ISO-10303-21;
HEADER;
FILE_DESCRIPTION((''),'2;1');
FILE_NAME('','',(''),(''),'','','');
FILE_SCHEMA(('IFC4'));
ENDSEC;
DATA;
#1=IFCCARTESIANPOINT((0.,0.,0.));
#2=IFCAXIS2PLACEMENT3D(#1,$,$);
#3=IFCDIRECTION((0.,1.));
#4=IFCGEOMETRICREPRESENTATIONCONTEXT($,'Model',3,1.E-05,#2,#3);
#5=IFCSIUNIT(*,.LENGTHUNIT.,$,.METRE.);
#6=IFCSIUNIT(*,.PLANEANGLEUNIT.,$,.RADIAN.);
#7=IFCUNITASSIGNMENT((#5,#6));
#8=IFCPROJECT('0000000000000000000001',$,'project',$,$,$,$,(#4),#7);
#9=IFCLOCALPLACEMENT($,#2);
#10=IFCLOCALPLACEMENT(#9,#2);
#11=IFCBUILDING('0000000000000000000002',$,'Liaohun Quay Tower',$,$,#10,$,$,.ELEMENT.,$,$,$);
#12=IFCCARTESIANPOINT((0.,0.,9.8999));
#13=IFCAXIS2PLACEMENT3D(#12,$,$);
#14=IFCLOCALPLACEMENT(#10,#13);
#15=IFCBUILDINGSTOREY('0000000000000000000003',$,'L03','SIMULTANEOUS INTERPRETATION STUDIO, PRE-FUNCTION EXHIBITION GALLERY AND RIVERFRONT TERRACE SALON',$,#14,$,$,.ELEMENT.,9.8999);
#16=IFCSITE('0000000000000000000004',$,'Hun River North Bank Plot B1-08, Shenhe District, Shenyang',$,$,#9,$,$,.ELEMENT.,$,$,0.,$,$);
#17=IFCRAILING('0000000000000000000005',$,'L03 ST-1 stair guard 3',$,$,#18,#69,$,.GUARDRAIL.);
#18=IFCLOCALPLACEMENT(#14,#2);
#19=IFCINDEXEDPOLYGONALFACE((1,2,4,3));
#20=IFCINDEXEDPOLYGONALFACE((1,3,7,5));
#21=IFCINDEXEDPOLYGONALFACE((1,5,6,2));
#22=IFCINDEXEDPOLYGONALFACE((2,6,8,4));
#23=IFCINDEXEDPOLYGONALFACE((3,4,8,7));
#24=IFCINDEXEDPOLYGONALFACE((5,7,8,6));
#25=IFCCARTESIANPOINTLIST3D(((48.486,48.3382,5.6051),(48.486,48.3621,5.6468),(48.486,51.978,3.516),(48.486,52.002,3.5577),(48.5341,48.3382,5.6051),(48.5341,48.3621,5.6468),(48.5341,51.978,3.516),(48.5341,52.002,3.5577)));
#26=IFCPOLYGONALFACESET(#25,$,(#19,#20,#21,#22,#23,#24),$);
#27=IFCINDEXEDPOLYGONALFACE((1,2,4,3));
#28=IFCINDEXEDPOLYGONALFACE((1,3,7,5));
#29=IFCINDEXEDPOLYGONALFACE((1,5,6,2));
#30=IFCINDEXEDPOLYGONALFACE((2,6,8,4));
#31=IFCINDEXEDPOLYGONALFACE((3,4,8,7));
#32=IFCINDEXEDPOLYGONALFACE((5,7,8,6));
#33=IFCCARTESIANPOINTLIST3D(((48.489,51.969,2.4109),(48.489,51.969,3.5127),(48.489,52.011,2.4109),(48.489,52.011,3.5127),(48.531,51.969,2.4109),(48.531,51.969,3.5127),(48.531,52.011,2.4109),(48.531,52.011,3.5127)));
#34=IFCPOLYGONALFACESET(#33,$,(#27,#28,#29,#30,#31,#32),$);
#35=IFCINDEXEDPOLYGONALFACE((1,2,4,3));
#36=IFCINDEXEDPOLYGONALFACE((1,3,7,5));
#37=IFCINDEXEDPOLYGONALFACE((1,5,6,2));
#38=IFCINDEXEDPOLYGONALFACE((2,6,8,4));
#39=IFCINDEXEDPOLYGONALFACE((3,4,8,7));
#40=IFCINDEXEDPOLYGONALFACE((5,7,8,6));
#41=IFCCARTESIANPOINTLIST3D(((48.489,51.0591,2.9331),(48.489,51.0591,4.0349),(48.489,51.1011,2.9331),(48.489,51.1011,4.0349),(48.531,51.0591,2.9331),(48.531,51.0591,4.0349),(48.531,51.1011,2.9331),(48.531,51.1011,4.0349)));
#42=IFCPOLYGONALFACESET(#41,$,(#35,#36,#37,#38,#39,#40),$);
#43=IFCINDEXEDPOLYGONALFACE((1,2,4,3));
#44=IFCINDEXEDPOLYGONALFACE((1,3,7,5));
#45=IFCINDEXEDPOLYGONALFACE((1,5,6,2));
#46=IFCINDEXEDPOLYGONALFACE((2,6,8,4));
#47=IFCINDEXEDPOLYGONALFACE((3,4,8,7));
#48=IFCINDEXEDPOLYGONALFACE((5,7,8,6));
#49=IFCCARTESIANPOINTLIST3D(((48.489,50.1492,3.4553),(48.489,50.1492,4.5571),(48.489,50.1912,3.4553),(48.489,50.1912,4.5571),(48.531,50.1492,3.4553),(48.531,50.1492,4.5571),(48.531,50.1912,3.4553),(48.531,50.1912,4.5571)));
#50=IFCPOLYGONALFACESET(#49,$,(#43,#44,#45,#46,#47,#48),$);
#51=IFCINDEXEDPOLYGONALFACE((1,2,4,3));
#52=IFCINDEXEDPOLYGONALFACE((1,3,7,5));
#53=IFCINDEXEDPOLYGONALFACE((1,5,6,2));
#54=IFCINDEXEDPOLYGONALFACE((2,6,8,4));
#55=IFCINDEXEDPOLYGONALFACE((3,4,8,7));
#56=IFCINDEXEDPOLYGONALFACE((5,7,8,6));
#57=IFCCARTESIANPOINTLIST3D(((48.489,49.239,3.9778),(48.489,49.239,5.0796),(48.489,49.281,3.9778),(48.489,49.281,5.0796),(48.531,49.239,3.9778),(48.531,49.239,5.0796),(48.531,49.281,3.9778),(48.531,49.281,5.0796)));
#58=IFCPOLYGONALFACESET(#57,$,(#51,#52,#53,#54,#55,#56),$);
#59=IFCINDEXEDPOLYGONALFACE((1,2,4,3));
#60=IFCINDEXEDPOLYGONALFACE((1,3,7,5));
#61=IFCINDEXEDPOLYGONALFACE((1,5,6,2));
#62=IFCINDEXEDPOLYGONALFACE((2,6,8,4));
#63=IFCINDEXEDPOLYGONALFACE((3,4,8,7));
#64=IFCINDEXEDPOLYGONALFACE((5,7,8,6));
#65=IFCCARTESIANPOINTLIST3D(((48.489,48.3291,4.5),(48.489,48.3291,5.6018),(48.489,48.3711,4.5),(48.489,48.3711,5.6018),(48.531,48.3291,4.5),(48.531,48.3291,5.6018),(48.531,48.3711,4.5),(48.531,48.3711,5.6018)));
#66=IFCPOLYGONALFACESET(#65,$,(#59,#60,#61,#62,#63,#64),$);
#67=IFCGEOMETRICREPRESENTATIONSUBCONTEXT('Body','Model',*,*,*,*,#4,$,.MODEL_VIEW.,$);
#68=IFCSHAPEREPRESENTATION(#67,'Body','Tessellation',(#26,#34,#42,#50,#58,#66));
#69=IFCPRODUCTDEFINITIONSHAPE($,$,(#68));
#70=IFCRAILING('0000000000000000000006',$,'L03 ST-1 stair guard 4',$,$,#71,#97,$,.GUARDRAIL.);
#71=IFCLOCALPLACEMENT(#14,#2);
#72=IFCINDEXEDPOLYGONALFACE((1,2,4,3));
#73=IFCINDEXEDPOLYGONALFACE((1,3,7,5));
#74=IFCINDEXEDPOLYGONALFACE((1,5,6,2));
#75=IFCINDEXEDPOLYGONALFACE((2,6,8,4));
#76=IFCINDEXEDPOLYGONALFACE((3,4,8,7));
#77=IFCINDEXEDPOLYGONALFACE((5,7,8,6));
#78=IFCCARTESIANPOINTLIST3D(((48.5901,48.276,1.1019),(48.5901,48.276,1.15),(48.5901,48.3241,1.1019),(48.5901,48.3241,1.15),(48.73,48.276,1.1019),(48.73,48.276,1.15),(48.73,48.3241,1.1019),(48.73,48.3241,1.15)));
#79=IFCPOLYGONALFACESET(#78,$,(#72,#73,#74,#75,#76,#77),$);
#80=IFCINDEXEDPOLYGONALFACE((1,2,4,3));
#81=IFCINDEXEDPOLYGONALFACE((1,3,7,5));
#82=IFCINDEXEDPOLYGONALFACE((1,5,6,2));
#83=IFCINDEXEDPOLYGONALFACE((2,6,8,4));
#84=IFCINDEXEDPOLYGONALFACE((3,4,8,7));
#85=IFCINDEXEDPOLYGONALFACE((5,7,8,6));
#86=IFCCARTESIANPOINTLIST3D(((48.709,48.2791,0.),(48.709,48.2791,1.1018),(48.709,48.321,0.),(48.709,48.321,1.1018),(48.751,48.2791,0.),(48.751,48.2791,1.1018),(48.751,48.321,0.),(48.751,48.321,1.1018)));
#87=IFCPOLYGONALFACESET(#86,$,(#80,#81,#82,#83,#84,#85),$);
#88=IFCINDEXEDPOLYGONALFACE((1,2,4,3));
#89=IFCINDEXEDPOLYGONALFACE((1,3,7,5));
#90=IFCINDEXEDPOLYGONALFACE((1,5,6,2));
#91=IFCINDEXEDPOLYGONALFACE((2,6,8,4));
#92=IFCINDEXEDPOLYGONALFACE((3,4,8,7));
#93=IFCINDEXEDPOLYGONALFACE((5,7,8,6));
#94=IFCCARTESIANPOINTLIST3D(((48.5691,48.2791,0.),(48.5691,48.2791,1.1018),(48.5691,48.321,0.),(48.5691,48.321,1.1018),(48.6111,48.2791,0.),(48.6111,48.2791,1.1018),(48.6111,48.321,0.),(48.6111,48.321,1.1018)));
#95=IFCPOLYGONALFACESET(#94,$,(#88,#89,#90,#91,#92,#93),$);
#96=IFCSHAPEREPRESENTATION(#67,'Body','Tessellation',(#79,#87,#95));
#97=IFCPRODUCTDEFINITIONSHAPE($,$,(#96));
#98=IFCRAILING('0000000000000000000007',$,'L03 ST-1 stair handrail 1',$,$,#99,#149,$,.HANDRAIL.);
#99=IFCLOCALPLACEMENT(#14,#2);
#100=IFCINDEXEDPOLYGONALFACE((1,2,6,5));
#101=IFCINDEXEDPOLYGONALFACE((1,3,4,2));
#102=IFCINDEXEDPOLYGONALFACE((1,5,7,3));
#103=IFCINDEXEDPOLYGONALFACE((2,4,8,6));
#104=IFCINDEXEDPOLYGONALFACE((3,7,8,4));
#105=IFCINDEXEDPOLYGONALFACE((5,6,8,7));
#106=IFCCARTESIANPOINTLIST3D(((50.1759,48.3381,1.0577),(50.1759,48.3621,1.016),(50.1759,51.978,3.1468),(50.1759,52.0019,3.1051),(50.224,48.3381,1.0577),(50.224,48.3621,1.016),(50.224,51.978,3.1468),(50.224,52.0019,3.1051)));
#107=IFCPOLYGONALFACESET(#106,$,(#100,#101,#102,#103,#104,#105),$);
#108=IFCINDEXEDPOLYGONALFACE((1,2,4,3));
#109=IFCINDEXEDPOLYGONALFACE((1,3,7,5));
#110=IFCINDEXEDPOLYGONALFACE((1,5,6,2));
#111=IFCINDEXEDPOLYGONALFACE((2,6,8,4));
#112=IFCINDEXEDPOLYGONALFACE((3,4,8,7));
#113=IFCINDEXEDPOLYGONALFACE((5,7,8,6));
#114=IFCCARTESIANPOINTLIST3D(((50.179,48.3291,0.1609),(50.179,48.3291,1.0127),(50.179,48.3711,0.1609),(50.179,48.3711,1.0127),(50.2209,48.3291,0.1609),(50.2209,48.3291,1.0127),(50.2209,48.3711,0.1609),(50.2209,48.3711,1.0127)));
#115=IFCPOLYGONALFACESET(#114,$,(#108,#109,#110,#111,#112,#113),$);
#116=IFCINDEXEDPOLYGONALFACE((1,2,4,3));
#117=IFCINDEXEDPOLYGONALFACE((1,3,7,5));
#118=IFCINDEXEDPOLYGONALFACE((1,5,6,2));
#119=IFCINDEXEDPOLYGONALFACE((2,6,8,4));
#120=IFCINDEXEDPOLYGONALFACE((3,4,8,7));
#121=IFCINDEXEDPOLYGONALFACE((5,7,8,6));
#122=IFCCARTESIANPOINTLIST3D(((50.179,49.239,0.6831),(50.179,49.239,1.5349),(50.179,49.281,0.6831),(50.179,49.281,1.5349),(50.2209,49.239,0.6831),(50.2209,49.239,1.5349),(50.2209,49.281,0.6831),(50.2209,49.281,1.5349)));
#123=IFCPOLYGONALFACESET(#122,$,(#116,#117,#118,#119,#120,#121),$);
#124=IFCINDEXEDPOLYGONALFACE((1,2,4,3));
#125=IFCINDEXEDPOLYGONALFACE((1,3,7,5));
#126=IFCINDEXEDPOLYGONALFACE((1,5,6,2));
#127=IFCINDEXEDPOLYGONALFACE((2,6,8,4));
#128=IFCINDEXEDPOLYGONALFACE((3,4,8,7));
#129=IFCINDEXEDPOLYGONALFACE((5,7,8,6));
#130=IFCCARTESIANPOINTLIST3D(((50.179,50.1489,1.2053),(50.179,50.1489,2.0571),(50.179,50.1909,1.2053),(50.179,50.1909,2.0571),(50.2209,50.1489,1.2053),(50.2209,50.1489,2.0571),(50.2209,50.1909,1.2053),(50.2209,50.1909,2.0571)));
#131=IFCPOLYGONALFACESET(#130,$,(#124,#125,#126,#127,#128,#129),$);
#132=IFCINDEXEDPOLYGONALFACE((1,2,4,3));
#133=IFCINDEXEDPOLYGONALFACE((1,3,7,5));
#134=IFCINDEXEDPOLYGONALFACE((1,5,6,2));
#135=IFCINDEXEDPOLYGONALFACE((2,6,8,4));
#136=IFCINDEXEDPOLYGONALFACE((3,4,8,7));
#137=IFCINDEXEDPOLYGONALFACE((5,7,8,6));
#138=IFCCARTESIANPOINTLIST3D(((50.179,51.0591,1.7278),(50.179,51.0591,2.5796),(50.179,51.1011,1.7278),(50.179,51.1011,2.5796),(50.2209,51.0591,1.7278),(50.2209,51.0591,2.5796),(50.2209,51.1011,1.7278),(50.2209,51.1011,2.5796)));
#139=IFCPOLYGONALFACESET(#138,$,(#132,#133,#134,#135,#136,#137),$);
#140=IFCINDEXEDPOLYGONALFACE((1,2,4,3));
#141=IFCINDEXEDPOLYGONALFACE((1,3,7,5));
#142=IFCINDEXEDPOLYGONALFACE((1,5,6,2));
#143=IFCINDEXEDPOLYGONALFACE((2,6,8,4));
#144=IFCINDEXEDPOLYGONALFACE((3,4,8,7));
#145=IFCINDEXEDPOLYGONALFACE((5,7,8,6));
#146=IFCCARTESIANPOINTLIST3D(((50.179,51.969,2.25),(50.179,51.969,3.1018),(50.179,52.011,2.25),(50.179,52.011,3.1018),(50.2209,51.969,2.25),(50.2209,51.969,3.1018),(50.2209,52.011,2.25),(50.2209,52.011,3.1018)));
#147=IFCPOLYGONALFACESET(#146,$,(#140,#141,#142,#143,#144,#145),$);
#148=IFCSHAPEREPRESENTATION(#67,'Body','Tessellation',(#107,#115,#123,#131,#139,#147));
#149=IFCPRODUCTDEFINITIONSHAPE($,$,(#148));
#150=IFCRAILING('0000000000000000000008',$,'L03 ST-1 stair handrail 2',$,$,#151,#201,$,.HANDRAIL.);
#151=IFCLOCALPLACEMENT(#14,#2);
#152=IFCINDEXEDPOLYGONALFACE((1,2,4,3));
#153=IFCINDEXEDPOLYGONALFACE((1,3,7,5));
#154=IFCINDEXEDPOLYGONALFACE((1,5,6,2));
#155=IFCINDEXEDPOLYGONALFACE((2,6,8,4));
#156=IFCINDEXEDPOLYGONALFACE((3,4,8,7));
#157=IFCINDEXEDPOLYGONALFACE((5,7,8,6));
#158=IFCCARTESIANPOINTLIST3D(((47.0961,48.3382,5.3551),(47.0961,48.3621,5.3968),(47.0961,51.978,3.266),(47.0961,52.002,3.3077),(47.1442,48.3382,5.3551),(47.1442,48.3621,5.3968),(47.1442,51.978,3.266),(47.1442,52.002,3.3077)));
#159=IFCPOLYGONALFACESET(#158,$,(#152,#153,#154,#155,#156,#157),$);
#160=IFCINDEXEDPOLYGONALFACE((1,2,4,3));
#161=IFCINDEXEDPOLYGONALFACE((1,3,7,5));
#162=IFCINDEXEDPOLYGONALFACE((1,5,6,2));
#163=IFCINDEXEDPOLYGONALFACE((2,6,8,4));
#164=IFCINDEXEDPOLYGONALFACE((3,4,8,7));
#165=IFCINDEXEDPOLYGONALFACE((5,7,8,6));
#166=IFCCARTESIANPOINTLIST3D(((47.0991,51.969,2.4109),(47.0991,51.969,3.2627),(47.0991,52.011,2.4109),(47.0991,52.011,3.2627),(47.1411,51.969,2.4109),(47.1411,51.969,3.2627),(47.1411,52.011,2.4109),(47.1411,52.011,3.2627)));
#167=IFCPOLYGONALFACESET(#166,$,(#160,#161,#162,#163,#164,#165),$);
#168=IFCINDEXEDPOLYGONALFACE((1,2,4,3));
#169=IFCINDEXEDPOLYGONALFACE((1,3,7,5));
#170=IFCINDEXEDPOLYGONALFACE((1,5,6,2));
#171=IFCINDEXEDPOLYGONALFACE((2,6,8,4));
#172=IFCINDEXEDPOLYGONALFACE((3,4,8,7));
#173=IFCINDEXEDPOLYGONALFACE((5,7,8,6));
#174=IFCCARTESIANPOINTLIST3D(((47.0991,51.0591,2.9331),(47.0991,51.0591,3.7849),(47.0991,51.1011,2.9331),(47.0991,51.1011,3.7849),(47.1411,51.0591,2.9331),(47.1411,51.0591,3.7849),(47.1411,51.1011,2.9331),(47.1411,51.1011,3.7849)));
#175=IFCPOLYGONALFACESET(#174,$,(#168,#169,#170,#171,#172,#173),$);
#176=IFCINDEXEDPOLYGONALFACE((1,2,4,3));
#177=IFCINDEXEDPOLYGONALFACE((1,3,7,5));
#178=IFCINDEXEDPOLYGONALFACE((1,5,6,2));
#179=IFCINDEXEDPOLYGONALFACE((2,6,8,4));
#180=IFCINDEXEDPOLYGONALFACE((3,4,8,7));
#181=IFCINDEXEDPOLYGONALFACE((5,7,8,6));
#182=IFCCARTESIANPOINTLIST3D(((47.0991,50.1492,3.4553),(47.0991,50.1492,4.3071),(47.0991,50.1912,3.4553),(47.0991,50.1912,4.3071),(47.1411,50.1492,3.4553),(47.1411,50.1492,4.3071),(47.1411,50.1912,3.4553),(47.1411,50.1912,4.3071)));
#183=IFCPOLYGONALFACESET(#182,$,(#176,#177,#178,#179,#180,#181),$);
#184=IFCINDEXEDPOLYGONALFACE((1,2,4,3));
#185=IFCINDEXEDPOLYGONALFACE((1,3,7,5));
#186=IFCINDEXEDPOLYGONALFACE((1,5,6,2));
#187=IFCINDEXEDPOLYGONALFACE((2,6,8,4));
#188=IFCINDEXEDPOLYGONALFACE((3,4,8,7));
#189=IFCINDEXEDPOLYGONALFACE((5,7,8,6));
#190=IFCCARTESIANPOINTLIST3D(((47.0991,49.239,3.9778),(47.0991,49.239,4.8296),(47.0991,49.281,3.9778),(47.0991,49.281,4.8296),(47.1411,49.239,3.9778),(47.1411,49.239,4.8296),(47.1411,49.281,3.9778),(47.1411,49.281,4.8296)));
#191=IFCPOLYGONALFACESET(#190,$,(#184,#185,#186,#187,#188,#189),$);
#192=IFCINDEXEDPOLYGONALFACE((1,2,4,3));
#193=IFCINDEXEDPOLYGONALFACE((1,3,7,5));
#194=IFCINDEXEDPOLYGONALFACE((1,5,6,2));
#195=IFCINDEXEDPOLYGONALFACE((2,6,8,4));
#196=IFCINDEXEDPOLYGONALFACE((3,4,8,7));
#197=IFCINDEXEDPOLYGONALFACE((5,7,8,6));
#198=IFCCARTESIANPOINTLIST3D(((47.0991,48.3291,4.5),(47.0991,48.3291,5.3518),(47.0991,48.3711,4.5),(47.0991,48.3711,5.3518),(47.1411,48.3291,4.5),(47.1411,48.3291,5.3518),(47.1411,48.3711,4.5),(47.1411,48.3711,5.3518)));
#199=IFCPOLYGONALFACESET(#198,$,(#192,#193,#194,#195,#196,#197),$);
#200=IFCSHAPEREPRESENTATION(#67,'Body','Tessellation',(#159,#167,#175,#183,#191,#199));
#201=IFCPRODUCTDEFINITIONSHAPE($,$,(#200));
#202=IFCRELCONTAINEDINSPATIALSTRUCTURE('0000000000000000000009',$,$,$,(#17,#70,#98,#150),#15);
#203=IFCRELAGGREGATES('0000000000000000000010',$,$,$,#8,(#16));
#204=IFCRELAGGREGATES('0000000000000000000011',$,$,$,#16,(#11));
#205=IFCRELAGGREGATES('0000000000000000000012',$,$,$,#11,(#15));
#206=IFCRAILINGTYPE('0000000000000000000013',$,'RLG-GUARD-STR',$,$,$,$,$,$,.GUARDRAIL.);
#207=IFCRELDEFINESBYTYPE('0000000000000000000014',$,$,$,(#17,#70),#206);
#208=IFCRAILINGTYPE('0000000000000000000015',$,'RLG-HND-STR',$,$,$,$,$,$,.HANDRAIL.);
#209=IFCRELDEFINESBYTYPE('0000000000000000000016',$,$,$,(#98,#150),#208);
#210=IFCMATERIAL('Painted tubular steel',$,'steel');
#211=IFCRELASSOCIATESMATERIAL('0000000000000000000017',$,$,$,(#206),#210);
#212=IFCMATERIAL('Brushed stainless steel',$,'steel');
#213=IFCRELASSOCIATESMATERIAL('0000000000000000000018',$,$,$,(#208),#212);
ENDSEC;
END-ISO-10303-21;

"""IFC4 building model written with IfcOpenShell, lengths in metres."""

from ifc_helpers import new_model, si_unit, direction, frame, origin, origin_2d, place, context, subcontext, project, spatial, rectangle, extrude, material, type_object, element, save


model = new_model("IFC4")

# Units and contexts
model_context = context("Model", 3, precision=1e-05, world=origin(), true_north=direction((0.0, 1.0)))
body_context = subcontext(model_context, "Body", "Model", "MODEL_VIEW")
ifc_project = project(units=[si_unit("LENGTHUNIT", "METRE"), si_unit("PLANEANGLEUNIT", "RADIAN")], contexts=[model_context])

# Site, building, storey
site_placement = place(None, origin())
site = spatial("IfcSite", under=ifc_project, at=site_placement, Name="Hun River North Bank Plot B1-08, Shenhe District, Shenyang", CompositionType="ELEMENT", RefElevation=0.0)
building_placement = place(site_placement, origin())
building = spatial("IfcBuilding", under=site, at=building_placement, Name="Liaohun Quay Tower", CompositionType="ELEMENT")
storey_placement = place(building_placement, frame((0.0, 0.0, 9.8999)))
storey = spatial("IfcBuildingStorey", under=building, at=storey_placement, Name="L03", Description="SIMULTANEOUS INTERPRETATION STUDIO, PRE-FUNCTION EXHIBITION GALLERY AND RIVERFRONT TERRACE SALON", CompositionType="ELEMENT", Elevation=9.8999)

# Railings
ifc_material_1 = material(Name="Painted tubular steel", Category="steel")
railing_type_1 = type_object("IfcRailingType", Name="RLG-GUARD-STR", PredefinedType="GUARDRAIL", material=ifc_material_1)
railing_1_placement = place(storey_placement, frame((48.51, 51.99, 2.4109)))
element("IfcRailing", 1, at=railing_1_placement, inside=storey, type_object=railing_type_1, Name="L03 ST-1 stair guard 3", PredefinedType="GUARDRAIL", context=body_context, shape_type="SweptSolid", body=[
    extrude(rectangle(XDim=0.0481, YDim=0.0481, at=origin_2d()), frame((0.0, 0.0, 1.126), z_axis=(0.0, -0.8673, 0.497786), x_axis=(1.0, 0.0, 0.0)), (0.0, 0.0, 1.0), 4.1968),
    extrude(rectangle(XDim=0.042, YDim=0.042, at=origin_2d()), origin(), (0.0, 0.0, 1.0), 1.1018),
    extrude(rectangle(XDim=0.042, YDim=0.042, at=origin_2d()), frame((0.0, -0.9099, 0.5222)), (0.0, 0.0, 1.0), 1.1018),
    extrude(rectangle(XDim=0.042, YDim=0.042, at=origin_2d()), frame((0.0, -1.8198, 1.0444)), (0.0, 0.0, 1.0), 1.1018),
    extrude(rectangle(XDim=0.042, YDim=0.042, at=origin_2d()), frame((0.0, -2.73, 1.5669)), (0.0, 0.0, 1.0), 1.1018),
    extrude(rectangle(XDim=0.042, YDim=0.042, at=origin_2d()), frame((0.0, -3.6399, 2.0891)), (0.0, 0.0, 1.0), 1.1018),
])
railing_2_placement = place(storey_placement, frame((48.73, 48.3, 0.0)))
element("IfcRailing", 2, at=railing_2_placement, inside=storey, type_object=railing_type_1, Name="L03 ST-1 stair guard 4", PredefinedType="GUARDRAIL", context=body_context, shape_type="SweptSolid", body=[
    extrude(rectangle(XDim=0.0481, YDim=0.0481, at=origin_2d()), frame((0.0, 0.0, 1.126), z_axis=(-1.0, 0.0, 0.0), x_axis=(0.0, -1.0, 0.0)), (0.0, 0.0, 1.0), 0.1399),
    extrude(rectangle(XDim=0.042, YDim=0.042, at=origin_2d()), origin(), (0.0, 0.0, 1.0), 1.1018),
    extrude(rectangle(XDim=0.042, YDim=0.042, at=origin_2d()), frame((-0.1399, 0.0, 0.0)), (0.0, 0.0, 1.0), 1.1018),
])
ifc_material_2 = material(Name="Brushed stainless steel", Category="steel")
railing_type_2 = type_object("IfcRailingType", Name="RLG-HND-STR", PredefinedType="HANDRAIL", material=ifc_material_2)
railing_3_placement = place(storey_placement, frame((50.2, 48.3501, 0.1609)))
element("IfcRailing", 3, at=railing_3_placement, inside=storey, type_object=railing_type_2, Name="L03 ST-1 stair handrail 1", PredefinedType="HANDRAIL", context=body_context, shape_type="SweptSolid", body=[
    extrude(rectangle(XDim=0.0481, YDim=0.0481, at=origin_2d()), frame((0.0, 0.0, 0.876), z_axis=(0.0, 0.8673, 0.497786), x_axis=(-1.0, 0.0, 0.0)), (0.0, 0.0, 1.0), 4.1968),
    extrude(rectangle(XDim=0.042, YDim=0.042, at=origin_2d()), origin(), (0.0, 0.0, 1.0), 0.8518),
    extrude(rectangle(XDim=0.042, YDim=0.042, at=origin_2d()), frame((0.0, 0.9099, 0.5222)), (0.0, 0.0, 1.0), 0.8518),
    extrude(rectangle(XDim=0.042, YDim=0.042, at=origin_2d()), frame((0.0, 1.8198, 1.0444)), (0.0, 0.0, 1.0), 0.8518),
    extrude(rectangle(XDim=0.042, YDim=0.042, at=origin_2d()), frame((0.0, 2.73, 1.5669)), (0.0, 0.0, 1.0), 0.8518),
    extrude(rectangle(XDim=0.042, YDim=0.042, at=origin_2d()), frame((0.0, 3.6399, 2.0891)), (0.0, 0.0, 1.0), 0.8518),
])
railing_4_placement = place(storey_placement, frame((47.1201, 51.99, 2.4109)))
element("IfcRailing", 4, at=railing_4_placement, inside=storey, type_object=railing_type_2, Name="L03 ST-1 stair handrail 2", PredefinedType="HANDRAIL", context=body_context, shape_type="SweptSolid", body=[
    extrude(rectangle(XDim=0.0481, YDim=0.0481, at=origin_2d()), frame((0.0, 0.0, 0.876), z_axis=(0.0, -0.8673, 0.497786), x_axis=(1.0, 0.0, 0.0)), (0.0, 0.0, 1.0), 4.1968),
    extrude(rectangle(XDim=0.042, YDim=0.042, at=origin_2d()), origin(), (0.0, 0.0, 1.0), 0.8518),
    extrude(rectangle(XDim=0.042, YDim=0.042, at=origin_2d()), frame((0.0, -0.9099, 0.5222)), (0.0, 0.0, 1.0), 0.8518),
    extrude(rectangle(XDim=0.042, YDim=0.042, at=origin_2d()), frame((0.0, -1.8198, 1.0444)), (0.0, 0.0, 1.0), 0.8518),
    extrude(rectangle(XDim=0.042, YDim=0.042, at=origin_2d()), frame((0.0, -2.73, 1.5669)), (0.0, 0.0, 1.0), 0.8518),
    extrude(rectangle(XDim=0.042, YDim=0.042, at=origin_2d()), frame((0.0, -3.6399, 2.0891)), (0.0, 0.0, 1.0), 0.8518),
])

save(model, "model.ifc")
